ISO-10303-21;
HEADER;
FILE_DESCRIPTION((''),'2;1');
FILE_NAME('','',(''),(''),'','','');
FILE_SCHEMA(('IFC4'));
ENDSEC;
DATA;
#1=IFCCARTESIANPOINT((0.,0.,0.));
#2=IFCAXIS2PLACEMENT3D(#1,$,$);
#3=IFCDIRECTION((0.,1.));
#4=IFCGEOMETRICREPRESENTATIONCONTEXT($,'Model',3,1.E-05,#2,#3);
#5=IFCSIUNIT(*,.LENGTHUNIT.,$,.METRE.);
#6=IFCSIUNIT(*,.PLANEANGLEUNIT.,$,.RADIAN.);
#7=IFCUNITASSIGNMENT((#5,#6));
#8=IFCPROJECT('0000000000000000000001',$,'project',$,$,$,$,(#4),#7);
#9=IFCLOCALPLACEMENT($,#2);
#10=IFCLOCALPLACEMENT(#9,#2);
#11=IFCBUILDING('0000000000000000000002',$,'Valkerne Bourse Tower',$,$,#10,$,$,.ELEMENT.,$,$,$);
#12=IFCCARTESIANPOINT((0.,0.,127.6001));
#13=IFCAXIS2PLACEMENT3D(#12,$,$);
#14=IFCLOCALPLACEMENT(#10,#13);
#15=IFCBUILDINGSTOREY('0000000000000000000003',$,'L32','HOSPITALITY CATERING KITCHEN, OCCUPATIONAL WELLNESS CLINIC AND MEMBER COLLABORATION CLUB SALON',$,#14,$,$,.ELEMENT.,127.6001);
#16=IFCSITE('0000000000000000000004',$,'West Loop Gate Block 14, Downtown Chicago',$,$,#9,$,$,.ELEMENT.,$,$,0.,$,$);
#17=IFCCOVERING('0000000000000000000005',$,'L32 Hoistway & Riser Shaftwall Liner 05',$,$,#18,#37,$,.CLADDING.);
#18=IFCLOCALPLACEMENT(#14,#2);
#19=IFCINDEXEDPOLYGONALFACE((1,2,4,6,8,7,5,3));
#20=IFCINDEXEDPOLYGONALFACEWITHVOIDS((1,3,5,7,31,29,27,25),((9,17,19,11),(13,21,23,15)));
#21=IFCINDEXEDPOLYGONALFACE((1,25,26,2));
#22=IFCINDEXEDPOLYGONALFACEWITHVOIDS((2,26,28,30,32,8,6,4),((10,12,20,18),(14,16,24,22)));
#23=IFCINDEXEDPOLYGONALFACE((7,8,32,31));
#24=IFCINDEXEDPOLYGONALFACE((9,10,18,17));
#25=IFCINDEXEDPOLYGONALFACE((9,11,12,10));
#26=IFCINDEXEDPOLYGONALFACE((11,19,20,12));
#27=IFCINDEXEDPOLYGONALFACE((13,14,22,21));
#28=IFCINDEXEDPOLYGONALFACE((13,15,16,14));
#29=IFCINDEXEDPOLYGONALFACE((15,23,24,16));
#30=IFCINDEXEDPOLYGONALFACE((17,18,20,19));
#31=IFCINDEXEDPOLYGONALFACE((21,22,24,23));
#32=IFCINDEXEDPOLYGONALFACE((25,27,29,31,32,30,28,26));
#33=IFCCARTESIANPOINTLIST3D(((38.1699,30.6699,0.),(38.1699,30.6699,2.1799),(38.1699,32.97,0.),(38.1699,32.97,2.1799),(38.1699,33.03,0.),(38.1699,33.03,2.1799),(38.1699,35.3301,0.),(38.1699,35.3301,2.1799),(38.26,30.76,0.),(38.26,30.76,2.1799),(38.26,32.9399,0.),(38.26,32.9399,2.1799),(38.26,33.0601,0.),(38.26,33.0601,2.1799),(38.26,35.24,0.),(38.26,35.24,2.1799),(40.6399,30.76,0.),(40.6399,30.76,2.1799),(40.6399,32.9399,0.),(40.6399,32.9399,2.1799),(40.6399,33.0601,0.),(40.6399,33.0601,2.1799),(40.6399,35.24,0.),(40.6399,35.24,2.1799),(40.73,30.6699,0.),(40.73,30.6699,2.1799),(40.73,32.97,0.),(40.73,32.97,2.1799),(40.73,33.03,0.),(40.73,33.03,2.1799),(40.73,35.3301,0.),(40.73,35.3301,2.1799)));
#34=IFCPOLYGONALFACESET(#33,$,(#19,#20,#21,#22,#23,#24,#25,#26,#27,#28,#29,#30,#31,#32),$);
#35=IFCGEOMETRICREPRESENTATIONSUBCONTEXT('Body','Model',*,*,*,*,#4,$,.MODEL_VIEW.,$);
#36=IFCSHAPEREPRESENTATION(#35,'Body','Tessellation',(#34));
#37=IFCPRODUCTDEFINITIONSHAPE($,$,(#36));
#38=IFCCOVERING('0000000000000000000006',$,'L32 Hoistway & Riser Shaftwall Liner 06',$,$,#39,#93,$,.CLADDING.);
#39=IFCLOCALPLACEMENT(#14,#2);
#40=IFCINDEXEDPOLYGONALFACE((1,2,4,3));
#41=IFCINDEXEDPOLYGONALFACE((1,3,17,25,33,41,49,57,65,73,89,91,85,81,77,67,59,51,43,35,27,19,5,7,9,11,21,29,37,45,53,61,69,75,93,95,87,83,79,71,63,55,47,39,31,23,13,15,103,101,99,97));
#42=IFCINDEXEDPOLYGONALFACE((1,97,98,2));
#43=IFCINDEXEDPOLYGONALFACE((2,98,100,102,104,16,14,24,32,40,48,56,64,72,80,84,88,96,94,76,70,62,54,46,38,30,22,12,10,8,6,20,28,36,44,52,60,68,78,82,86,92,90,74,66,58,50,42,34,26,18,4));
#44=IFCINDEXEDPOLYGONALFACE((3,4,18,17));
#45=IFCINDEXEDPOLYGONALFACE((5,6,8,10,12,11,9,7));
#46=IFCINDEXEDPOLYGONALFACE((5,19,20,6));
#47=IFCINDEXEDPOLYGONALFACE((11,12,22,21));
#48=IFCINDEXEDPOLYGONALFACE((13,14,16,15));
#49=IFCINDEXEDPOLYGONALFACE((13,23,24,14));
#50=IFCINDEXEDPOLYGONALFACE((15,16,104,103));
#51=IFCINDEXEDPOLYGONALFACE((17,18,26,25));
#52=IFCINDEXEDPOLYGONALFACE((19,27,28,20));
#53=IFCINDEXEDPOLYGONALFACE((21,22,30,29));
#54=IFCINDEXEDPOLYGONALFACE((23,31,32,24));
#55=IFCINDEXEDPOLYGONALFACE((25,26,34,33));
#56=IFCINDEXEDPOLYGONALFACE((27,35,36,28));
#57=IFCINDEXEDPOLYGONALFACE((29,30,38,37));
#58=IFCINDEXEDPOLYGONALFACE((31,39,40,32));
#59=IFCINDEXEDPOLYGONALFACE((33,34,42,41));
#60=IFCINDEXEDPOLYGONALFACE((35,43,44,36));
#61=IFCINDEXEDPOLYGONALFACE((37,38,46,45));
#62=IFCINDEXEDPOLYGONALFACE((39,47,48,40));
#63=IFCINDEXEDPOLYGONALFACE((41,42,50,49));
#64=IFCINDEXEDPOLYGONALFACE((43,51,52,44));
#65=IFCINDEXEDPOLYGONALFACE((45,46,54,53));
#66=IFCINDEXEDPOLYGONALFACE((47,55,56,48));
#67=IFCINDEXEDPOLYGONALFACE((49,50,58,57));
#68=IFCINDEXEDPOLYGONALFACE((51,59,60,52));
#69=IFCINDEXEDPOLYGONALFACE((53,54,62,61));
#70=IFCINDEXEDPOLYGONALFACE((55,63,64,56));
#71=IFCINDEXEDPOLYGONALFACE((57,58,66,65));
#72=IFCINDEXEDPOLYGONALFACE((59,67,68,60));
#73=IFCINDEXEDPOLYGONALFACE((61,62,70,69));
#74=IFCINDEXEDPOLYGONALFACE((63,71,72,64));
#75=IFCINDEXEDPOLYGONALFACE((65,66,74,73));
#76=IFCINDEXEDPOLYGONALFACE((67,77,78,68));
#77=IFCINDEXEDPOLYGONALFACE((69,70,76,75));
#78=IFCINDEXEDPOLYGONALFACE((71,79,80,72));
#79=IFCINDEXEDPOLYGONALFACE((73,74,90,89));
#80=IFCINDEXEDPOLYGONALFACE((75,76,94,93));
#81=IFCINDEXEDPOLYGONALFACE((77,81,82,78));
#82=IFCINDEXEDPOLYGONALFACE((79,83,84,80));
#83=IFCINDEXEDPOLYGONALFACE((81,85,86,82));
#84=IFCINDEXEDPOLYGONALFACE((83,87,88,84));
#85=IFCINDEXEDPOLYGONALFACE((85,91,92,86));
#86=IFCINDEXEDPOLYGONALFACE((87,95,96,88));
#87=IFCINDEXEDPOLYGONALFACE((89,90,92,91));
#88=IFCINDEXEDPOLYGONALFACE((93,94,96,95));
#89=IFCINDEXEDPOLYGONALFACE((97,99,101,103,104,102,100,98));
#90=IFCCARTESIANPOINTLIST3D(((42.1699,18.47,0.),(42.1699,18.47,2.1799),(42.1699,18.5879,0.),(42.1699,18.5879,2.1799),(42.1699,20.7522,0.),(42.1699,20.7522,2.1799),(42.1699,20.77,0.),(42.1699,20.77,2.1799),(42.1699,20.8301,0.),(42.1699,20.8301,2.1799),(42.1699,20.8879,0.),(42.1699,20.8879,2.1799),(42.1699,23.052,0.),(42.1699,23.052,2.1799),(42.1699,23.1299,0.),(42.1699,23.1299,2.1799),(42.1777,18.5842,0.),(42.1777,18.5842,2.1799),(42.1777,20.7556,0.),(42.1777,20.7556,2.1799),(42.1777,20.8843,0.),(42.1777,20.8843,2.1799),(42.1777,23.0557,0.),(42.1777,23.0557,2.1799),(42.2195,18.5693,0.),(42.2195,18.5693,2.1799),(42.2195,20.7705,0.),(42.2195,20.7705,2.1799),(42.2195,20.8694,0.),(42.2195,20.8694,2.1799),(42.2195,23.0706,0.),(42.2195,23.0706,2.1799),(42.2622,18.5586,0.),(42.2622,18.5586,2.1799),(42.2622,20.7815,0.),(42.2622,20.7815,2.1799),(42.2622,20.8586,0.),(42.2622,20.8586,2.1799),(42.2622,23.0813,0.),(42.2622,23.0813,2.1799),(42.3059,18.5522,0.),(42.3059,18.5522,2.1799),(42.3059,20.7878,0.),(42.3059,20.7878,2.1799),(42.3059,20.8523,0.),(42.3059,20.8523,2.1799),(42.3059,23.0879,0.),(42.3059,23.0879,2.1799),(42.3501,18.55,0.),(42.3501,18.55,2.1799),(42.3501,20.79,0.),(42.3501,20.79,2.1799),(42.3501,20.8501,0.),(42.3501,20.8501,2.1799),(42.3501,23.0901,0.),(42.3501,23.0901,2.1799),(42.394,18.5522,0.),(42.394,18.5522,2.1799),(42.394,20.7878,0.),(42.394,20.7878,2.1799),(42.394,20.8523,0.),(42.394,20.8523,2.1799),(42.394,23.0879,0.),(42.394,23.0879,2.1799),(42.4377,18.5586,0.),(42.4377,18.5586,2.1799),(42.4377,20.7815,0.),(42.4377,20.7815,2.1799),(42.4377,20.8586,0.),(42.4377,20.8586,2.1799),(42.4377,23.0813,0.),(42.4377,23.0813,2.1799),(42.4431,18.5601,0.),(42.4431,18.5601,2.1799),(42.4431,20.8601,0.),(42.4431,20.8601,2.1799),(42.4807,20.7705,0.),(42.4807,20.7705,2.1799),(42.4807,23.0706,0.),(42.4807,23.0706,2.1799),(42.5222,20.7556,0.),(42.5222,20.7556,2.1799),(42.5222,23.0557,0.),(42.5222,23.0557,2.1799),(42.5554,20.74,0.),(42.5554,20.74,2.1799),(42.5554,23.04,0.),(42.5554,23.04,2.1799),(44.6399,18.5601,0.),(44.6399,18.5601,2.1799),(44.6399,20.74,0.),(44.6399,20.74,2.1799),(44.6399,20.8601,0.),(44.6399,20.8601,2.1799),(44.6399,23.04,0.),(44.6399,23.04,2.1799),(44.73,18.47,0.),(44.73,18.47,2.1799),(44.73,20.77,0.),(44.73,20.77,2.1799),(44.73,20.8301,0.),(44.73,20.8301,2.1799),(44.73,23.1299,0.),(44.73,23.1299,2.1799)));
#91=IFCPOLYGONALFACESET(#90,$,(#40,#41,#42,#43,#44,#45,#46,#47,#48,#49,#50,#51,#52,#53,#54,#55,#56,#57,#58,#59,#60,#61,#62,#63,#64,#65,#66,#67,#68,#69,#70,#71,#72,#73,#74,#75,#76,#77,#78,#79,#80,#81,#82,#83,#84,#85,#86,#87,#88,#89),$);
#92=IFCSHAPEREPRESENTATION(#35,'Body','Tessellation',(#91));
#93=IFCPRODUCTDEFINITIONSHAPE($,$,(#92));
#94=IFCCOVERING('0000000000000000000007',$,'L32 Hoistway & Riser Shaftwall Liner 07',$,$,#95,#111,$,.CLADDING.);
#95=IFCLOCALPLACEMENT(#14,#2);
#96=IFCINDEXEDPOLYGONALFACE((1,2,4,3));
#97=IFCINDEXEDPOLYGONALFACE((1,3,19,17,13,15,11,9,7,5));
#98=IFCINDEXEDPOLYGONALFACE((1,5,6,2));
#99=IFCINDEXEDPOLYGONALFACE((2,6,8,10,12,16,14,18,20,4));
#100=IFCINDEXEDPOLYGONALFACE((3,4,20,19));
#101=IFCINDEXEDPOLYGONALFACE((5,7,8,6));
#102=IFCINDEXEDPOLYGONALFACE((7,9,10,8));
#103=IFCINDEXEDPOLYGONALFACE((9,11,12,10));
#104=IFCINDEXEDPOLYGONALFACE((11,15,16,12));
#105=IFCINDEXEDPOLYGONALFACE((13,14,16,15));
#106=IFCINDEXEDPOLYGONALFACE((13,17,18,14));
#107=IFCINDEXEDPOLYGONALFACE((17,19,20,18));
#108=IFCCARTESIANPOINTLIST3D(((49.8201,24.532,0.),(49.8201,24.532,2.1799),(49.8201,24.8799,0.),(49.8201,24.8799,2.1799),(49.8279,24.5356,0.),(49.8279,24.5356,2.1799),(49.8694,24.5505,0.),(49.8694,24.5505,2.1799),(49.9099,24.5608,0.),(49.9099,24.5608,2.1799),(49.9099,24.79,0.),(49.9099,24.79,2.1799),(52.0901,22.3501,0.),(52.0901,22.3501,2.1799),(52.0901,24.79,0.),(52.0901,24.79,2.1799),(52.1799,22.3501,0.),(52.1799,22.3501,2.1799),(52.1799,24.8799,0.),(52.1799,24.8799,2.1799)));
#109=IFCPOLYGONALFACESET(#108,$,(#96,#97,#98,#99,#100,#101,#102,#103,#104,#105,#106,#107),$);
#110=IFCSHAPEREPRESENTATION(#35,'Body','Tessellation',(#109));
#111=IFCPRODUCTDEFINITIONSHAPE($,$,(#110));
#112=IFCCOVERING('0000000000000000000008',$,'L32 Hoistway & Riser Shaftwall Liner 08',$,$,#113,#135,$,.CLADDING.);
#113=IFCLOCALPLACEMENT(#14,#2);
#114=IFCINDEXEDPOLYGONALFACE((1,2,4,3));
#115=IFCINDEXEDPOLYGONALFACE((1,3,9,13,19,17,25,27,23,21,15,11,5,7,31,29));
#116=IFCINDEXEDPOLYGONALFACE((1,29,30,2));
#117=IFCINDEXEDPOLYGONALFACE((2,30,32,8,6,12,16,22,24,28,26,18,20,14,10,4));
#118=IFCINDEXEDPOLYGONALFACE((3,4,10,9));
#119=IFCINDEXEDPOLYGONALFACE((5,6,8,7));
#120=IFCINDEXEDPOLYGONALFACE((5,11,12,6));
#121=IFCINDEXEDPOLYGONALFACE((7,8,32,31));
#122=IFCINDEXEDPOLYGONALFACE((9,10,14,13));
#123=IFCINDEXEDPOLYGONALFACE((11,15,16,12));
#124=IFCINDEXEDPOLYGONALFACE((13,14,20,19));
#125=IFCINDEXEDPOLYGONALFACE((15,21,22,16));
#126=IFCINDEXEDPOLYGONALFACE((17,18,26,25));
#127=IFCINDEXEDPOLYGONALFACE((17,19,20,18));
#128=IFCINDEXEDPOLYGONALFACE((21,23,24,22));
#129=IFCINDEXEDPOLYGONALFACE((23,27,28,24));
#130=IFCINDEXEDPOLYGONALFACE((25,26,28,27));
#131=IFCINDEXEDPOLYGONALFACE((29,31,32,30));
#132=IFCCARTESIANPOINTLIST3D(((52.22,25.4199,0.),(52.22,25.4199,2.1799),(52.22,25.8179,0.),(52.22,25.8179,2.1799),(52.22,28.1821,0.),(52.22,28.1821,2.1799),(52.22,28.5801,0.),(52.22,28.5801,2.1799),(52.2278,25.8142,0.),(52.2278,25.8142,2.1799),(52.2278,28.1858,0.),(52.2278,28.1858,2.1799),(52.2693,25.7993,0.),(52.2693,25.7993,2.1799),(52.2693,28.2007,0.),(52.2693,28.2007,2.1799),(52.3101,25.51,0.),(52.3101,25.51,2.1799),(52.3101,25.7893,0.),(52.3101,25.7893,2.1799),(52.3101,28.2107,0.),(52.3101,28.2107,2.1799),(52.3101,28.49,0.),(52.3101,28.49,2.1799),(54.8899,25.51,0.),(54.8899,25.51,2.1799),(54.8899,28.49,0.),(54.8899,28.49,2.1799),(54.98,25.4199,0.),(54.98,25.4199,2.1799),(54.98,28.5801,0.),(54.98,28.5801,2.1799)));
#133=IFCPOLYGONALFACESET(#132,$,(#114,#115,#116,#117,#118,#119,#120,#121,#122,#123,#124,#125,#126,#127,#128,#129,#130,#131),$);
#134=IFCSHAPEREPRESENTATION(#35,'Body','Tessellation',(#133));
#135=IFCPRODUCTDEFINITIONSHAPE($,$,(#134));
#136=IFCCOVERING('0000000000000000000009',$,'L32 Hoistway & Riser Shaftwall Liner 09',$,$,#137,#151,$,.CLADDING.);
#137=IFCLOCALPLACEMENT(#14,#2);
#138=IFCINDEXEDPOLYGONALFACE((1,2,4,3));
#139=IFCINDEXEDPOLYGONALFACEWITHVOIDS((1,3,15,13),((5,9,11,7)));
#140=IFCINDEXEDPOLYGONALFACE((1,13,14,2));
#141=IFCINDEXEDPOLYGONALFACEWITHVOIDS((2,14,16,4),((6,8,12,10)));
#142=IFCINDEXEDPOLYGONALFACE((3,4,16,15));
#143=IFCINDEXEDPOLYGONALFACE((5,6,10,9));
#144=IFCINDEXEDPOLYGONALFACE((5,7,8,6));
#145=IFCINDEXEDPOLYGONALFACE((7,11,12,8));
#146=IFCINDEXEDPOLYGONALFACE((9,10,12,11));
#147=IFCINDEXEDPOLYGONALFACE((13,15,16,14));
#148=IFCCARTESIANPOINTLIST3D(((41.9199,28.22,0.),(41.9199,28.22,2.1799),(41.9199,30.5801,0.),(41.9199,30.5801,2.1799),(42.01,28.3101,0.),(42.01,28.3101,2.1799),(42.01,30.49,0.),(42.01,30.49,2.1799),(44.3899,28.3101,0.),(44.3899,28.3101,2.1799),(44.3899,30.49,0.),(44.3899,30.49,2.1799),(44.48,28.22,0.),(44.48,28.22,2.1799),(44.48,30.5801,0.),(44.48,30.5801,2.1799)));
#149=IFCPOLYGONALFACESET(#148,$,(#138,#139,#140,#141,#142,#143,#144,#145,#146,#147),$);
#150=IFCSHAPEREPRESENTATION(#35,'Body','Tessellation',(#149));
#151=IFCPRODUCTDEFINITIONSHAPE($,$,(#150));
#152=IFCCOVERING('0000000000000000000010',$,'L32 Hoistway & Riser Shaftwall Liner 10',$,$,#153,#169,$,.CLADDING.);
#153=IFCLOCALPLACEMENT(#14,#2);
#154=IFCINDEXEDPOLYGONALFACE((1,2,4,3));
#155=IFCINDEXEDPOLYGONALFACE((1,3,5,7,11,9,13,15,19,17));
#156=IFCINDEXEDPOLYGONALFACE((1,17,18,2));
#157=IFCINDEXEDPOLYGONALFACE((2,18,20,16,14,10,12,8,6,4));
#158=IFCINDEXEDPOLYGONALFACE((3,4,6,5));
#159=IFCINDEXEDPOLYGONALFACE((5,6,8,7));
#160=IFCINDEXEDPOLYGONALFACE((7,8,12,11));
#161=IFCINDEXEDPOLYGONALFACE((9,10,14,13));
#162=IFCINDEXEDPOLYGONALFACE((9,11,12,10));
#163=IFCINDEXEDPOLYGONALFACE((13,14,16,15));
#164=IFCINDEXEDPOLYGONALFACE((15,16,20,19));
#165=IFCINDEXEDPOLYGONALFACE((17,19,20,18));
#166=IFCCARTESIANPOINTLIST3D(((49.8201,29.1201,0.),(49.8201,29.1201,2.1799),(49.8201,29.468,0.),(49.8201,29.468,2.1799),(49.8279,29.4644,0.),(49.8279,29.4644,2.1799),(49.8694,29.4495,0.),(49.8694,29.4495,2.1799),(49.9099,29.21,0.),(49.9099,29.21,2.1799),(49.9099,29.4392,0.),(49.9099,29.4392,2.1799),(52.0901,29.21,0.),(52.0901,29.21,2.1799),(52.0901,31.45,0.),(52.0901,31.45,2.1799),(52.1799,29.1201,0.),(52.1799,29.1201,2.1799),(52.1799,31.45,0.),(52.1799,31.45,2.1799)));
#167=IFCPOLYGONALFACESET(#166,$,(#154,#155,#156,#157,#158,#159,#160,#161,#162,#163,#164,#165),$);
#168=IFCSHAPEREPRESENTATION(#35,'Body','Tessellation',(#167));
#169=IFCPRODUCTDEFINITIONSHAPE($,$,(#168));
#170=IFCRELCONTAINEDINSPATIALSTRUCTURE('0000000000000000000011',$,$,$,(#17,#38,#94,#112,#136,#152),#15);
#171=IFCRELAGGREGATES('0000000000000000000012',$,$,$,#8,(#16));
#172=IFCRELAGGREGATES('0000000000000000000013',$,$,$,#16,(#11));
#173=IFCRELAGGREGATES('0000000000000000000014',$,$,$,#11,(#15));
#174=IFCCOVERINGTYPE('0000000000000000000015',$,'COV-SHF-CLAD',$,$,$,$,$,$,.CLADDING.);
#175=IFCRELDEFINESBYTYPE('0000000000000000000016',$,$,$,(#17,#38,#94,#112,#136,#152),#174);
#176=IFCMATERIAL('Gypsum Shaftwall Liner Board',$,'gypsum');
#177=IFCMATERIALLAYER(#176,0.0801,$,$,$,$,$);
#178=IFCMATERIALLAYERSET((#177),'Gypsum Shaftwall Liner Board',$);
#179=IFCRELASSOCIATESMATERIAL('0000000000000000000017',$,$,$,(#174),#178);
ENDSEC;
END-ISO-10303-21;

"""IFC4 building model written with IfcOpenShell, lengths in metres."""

from ifc_helpers import new_model, si_unit, direction, frame, origin, place, context, subcontext, project, spatial, polyline, outline, extrude, material, layer, layer_set, type_object, element, save


model = new_model("IFC4")

# Units and contexts
model_context = context("Model", 3, precision=1e-05, world=origin(), true_north=direction((0.0, 1.0)))
body_context = subcontext(model_context, "Body", "Model", "MODEL_VIEW")
ifc_project = project(units=[si_unit("LENGTHUNIT", "METRE"), si_unit("PLANEANGLEUNIT", "RADIAN")], contexts=[model_context])

# Site, building, storey
site_placement = place(None, origin())
site = spatial("IfcSite", under=ifc_project, at=site_placement, Name="West Loop Gate Block 14, Downtown Chicago", CompositionType="ELEMENT", RefElevation=0.0)
building_placement = place(site_placement, origin())
building = spatial("IfcBuilding", under=site, at=building_placement, Name="Valkerne Bourse Tower", CompositionType="ELEMENT")
storey_placement = place(building_placement, frame((0.0, 0.0, 127.6001)))
storey = spatial("IfcBuildingStorey", under=building, at=storey_placement, Name="L32", Description="HOSPITALITY CATERING KITCHEN, OCCUPATIONAL WELLNESS CLINIC AND MEMBER COLLABORATION CLUB SALON", CompositionType="ELEMENT", Elevation=127.6001)

# Coverings
ifc_material_1 = material(Name="Gypsum Shaftwall Liner Board", Category="gypsum")
ifc_layer_1 = layer(ifc_material_1, 0.0801)
ifc_layer_set_1 = layer_set([ifc_layer_1], Name="Gypsum Shaftwall Liner Board")
covering_type_1 = type_object("IfcCoveringType", Name="COV-SHF-CLAD", PredefinedType="CLADDING", material=ifc_layer_set_1)
covering_1_placement = place(storey_placement, origin())
element("IfcCovering", 1, at=covering_1_placement, inside=storey, type_object=covering_type_1, Name="L32 Hoistway & Riser Shaftwall Liner 05", PredefinedType="CLADDING", context=body_context, shape_type="SweptSolid", body=[
    extrude(outline(polyline([(38.1699, 35.3301), (40.73, 35.3301), (40.73, 33.03), (40.73, 32.97), (40.73, 30.6699), (38.1699, 30.6699), (38.1699, 32.97), (38.1699, 33.03), (38.1699, 35.3301)]), holes=[polyline([(38.26, 32.9399), (38.26, 30.76), (40.6399, 30.76), (40.6399, 32.9399), (38.26, 32.9399)]), polyline([(38.26, 35.24), (38.26, 33.0601), (40.6399, 33.0601), (40.6399, 35.24), (38.26, 35.24)])]), origin(), (0.0, 0.0, 1.0), 2.1799),
])
covering_2_placement = place(storey_placement, origin())
element("IfcCovering", 2, at=covering_2_placement, inside=storey, type_object=covering_type_1, Name="L32 Hoistway & Riser Shaftwall Liner 06", PredefinedType="CLADDING", context=body_context, shape_type="SweptSolid", body=[
    extrude(outline(polyline([(42.1699, 20.8301), (42.1699, 20.8879), (42.1777, 20.8843), (42.2195, 20.8694), (42.2622, 20.8586), (42.3059, 20.8523), (42.3501, 20.8501), (42.394, 20.8523), (42.4377, 20.8586), (42.4431, 20.8601), (44.6399, 20.8601), (44.6399, 23.04), (42.5554, 23.04), (42.5222, 23.0557), (42.4807, 23.0706), (42.4377, 23.0813), (42.394, 23.0879), (42.3501, 23.0901), (42.3059, 23.0879), (42.2622, 23.0813), (42.2195, 23.0706), (42.1777, 23.0557), (42.1699, 23.052), (42.1699, 23.1299), (44.73, 23.1299), (44.73, 20.8301), (44.73, 20.77), (44.73, 18.47), (42.1699, 18.47), (42.1699, 18.5879), (42.1777, 18.5842), (42.2195, 18.5693), (42.2622, 18.5586), (42.3059, 18.5522), (42.3501, 18.55), (42.394, 18.5522), (42.4377, 18.5586), (42.4431, 18.5601), (44.6399, 18.5601), (44.6399, 20.74), (42.5554, 20.74), (42.5222, 20.7556), (42.4807, 20.7705), (42.4377, 20.7815), (42.394, 20.7878), (42.3501, 20.79), (42.3059, 20.7878), (42.2622, 20.7815), (42.2195, 20.7705), (42.1777, 20.7556), (42.1699, 20.7522), (42.1699, 20.77), (42.1699, 20.8301)])), origin(), (0.0, 0.0, 1.0), 2.1799),
])
covering_3_placement = place(storey_placement, origin())
element("IfcCovering", 3, at=covering_3_placement, inside=storey, type_object=covering_type_1, Name="L32 Hoistway & Riser Shaftwall Liner 07", PredefinedType="CLADDING", context=body_context, shape_type="SweptSolid", body=[
    extrude(outline(polyline([(52.1799, 22.3501), (52.0901, 22.3501), (52.0901, 24.79), (49.9099, 24.79), (49.9099, 24.5608), (49.8694, 24.5505), (49.8279, 24.5356), (49.8201, 24.532), (49.8201, 24.8799), (52.1799, 24.8799), (52.1799, 22.3501)])), origin(), (0.0, 0.0, 1.0), 2.1799),
])
covering_4_placement = place(storey_placement, origin())
element("IfcCovering", 4, at=covering_4_placement, inside=storey, type_object=covering_type_1, Name="L32 Hoistway & Riser Shaftwall Liner 08", PredefinedType="CLADDING", context=body_context, shape_type="SweptSolid", body=[
    extrude(outline(polyline([(54.98, 25.4199), (52.22, 25.4199), (52.22, 25.8179), (52.2278, 25.8142), (52.2693, 25.7993), (52.3101, 25.7893), (52.3101, 25.51), (54.8899, 25.51), (54.8899, 28.49), (52.3101, 28.49), (52.3101, 28.2107), (52.2693, 28.2007), (52.2278, 28.1858), (52.22, 28.1821), (52.22, 28.5801), (54.98, 28.5801), (54.98, 25.4199)])), origin(), (0.0, 0.0, 1.0), 2.1799),
])
covering_5_placement = place(storey_placement, origin())
element("IfcCovering", 5, at=covering_5_placement, inside=storey, type_object=covering_type_1, Name="L32 Hoistway & Riser Shaftwall Liner 09", PredefinedType="CLADDING", context=body_context, shape_type="SweptSolid", body=[
    extrude(outline(polyline([(44.48, 28.22), (41.9199, 28.22), (41.9199, 30.5801), (44.48, 30.5801), (44.48, 28.22)]), holes=[polyline([(42.01, 30.49), (42.01, 28.3101), (44.3899, 28.3101), (44.3899, 30.49), (42.01, 30.49)])]), origin(), (0.0, 0.0, 1.0), 2.1799),
])
covering_6_placement = place(storey_placement, origin())
element("IfcCovering", 6, at=covering_6_placement, inside=storey, type_object=covering_type_1, Name="L32 Hoistway & Riser Shaftwall Liner 10", PredefinedType="CLADDING", context=body_context, shape_type="SweptSolid", body=[
    extrude(outline(polyline([(49.8201, 29.1201), (49.8201, 29.468), (49.8279, 29.4644), (49.8694, 29.4495), (49.9099, 29.4392), (49.9099, 29.21), (52.0901, 29.21), (52.0901, 31.45), (52.1799, 31.45), (52.1799, 29.1201), (49.8201, 29.1201)])), origin(), (0.0, 0.0, 1.0), 2.1799),
])

save(model, "model.ifc")
